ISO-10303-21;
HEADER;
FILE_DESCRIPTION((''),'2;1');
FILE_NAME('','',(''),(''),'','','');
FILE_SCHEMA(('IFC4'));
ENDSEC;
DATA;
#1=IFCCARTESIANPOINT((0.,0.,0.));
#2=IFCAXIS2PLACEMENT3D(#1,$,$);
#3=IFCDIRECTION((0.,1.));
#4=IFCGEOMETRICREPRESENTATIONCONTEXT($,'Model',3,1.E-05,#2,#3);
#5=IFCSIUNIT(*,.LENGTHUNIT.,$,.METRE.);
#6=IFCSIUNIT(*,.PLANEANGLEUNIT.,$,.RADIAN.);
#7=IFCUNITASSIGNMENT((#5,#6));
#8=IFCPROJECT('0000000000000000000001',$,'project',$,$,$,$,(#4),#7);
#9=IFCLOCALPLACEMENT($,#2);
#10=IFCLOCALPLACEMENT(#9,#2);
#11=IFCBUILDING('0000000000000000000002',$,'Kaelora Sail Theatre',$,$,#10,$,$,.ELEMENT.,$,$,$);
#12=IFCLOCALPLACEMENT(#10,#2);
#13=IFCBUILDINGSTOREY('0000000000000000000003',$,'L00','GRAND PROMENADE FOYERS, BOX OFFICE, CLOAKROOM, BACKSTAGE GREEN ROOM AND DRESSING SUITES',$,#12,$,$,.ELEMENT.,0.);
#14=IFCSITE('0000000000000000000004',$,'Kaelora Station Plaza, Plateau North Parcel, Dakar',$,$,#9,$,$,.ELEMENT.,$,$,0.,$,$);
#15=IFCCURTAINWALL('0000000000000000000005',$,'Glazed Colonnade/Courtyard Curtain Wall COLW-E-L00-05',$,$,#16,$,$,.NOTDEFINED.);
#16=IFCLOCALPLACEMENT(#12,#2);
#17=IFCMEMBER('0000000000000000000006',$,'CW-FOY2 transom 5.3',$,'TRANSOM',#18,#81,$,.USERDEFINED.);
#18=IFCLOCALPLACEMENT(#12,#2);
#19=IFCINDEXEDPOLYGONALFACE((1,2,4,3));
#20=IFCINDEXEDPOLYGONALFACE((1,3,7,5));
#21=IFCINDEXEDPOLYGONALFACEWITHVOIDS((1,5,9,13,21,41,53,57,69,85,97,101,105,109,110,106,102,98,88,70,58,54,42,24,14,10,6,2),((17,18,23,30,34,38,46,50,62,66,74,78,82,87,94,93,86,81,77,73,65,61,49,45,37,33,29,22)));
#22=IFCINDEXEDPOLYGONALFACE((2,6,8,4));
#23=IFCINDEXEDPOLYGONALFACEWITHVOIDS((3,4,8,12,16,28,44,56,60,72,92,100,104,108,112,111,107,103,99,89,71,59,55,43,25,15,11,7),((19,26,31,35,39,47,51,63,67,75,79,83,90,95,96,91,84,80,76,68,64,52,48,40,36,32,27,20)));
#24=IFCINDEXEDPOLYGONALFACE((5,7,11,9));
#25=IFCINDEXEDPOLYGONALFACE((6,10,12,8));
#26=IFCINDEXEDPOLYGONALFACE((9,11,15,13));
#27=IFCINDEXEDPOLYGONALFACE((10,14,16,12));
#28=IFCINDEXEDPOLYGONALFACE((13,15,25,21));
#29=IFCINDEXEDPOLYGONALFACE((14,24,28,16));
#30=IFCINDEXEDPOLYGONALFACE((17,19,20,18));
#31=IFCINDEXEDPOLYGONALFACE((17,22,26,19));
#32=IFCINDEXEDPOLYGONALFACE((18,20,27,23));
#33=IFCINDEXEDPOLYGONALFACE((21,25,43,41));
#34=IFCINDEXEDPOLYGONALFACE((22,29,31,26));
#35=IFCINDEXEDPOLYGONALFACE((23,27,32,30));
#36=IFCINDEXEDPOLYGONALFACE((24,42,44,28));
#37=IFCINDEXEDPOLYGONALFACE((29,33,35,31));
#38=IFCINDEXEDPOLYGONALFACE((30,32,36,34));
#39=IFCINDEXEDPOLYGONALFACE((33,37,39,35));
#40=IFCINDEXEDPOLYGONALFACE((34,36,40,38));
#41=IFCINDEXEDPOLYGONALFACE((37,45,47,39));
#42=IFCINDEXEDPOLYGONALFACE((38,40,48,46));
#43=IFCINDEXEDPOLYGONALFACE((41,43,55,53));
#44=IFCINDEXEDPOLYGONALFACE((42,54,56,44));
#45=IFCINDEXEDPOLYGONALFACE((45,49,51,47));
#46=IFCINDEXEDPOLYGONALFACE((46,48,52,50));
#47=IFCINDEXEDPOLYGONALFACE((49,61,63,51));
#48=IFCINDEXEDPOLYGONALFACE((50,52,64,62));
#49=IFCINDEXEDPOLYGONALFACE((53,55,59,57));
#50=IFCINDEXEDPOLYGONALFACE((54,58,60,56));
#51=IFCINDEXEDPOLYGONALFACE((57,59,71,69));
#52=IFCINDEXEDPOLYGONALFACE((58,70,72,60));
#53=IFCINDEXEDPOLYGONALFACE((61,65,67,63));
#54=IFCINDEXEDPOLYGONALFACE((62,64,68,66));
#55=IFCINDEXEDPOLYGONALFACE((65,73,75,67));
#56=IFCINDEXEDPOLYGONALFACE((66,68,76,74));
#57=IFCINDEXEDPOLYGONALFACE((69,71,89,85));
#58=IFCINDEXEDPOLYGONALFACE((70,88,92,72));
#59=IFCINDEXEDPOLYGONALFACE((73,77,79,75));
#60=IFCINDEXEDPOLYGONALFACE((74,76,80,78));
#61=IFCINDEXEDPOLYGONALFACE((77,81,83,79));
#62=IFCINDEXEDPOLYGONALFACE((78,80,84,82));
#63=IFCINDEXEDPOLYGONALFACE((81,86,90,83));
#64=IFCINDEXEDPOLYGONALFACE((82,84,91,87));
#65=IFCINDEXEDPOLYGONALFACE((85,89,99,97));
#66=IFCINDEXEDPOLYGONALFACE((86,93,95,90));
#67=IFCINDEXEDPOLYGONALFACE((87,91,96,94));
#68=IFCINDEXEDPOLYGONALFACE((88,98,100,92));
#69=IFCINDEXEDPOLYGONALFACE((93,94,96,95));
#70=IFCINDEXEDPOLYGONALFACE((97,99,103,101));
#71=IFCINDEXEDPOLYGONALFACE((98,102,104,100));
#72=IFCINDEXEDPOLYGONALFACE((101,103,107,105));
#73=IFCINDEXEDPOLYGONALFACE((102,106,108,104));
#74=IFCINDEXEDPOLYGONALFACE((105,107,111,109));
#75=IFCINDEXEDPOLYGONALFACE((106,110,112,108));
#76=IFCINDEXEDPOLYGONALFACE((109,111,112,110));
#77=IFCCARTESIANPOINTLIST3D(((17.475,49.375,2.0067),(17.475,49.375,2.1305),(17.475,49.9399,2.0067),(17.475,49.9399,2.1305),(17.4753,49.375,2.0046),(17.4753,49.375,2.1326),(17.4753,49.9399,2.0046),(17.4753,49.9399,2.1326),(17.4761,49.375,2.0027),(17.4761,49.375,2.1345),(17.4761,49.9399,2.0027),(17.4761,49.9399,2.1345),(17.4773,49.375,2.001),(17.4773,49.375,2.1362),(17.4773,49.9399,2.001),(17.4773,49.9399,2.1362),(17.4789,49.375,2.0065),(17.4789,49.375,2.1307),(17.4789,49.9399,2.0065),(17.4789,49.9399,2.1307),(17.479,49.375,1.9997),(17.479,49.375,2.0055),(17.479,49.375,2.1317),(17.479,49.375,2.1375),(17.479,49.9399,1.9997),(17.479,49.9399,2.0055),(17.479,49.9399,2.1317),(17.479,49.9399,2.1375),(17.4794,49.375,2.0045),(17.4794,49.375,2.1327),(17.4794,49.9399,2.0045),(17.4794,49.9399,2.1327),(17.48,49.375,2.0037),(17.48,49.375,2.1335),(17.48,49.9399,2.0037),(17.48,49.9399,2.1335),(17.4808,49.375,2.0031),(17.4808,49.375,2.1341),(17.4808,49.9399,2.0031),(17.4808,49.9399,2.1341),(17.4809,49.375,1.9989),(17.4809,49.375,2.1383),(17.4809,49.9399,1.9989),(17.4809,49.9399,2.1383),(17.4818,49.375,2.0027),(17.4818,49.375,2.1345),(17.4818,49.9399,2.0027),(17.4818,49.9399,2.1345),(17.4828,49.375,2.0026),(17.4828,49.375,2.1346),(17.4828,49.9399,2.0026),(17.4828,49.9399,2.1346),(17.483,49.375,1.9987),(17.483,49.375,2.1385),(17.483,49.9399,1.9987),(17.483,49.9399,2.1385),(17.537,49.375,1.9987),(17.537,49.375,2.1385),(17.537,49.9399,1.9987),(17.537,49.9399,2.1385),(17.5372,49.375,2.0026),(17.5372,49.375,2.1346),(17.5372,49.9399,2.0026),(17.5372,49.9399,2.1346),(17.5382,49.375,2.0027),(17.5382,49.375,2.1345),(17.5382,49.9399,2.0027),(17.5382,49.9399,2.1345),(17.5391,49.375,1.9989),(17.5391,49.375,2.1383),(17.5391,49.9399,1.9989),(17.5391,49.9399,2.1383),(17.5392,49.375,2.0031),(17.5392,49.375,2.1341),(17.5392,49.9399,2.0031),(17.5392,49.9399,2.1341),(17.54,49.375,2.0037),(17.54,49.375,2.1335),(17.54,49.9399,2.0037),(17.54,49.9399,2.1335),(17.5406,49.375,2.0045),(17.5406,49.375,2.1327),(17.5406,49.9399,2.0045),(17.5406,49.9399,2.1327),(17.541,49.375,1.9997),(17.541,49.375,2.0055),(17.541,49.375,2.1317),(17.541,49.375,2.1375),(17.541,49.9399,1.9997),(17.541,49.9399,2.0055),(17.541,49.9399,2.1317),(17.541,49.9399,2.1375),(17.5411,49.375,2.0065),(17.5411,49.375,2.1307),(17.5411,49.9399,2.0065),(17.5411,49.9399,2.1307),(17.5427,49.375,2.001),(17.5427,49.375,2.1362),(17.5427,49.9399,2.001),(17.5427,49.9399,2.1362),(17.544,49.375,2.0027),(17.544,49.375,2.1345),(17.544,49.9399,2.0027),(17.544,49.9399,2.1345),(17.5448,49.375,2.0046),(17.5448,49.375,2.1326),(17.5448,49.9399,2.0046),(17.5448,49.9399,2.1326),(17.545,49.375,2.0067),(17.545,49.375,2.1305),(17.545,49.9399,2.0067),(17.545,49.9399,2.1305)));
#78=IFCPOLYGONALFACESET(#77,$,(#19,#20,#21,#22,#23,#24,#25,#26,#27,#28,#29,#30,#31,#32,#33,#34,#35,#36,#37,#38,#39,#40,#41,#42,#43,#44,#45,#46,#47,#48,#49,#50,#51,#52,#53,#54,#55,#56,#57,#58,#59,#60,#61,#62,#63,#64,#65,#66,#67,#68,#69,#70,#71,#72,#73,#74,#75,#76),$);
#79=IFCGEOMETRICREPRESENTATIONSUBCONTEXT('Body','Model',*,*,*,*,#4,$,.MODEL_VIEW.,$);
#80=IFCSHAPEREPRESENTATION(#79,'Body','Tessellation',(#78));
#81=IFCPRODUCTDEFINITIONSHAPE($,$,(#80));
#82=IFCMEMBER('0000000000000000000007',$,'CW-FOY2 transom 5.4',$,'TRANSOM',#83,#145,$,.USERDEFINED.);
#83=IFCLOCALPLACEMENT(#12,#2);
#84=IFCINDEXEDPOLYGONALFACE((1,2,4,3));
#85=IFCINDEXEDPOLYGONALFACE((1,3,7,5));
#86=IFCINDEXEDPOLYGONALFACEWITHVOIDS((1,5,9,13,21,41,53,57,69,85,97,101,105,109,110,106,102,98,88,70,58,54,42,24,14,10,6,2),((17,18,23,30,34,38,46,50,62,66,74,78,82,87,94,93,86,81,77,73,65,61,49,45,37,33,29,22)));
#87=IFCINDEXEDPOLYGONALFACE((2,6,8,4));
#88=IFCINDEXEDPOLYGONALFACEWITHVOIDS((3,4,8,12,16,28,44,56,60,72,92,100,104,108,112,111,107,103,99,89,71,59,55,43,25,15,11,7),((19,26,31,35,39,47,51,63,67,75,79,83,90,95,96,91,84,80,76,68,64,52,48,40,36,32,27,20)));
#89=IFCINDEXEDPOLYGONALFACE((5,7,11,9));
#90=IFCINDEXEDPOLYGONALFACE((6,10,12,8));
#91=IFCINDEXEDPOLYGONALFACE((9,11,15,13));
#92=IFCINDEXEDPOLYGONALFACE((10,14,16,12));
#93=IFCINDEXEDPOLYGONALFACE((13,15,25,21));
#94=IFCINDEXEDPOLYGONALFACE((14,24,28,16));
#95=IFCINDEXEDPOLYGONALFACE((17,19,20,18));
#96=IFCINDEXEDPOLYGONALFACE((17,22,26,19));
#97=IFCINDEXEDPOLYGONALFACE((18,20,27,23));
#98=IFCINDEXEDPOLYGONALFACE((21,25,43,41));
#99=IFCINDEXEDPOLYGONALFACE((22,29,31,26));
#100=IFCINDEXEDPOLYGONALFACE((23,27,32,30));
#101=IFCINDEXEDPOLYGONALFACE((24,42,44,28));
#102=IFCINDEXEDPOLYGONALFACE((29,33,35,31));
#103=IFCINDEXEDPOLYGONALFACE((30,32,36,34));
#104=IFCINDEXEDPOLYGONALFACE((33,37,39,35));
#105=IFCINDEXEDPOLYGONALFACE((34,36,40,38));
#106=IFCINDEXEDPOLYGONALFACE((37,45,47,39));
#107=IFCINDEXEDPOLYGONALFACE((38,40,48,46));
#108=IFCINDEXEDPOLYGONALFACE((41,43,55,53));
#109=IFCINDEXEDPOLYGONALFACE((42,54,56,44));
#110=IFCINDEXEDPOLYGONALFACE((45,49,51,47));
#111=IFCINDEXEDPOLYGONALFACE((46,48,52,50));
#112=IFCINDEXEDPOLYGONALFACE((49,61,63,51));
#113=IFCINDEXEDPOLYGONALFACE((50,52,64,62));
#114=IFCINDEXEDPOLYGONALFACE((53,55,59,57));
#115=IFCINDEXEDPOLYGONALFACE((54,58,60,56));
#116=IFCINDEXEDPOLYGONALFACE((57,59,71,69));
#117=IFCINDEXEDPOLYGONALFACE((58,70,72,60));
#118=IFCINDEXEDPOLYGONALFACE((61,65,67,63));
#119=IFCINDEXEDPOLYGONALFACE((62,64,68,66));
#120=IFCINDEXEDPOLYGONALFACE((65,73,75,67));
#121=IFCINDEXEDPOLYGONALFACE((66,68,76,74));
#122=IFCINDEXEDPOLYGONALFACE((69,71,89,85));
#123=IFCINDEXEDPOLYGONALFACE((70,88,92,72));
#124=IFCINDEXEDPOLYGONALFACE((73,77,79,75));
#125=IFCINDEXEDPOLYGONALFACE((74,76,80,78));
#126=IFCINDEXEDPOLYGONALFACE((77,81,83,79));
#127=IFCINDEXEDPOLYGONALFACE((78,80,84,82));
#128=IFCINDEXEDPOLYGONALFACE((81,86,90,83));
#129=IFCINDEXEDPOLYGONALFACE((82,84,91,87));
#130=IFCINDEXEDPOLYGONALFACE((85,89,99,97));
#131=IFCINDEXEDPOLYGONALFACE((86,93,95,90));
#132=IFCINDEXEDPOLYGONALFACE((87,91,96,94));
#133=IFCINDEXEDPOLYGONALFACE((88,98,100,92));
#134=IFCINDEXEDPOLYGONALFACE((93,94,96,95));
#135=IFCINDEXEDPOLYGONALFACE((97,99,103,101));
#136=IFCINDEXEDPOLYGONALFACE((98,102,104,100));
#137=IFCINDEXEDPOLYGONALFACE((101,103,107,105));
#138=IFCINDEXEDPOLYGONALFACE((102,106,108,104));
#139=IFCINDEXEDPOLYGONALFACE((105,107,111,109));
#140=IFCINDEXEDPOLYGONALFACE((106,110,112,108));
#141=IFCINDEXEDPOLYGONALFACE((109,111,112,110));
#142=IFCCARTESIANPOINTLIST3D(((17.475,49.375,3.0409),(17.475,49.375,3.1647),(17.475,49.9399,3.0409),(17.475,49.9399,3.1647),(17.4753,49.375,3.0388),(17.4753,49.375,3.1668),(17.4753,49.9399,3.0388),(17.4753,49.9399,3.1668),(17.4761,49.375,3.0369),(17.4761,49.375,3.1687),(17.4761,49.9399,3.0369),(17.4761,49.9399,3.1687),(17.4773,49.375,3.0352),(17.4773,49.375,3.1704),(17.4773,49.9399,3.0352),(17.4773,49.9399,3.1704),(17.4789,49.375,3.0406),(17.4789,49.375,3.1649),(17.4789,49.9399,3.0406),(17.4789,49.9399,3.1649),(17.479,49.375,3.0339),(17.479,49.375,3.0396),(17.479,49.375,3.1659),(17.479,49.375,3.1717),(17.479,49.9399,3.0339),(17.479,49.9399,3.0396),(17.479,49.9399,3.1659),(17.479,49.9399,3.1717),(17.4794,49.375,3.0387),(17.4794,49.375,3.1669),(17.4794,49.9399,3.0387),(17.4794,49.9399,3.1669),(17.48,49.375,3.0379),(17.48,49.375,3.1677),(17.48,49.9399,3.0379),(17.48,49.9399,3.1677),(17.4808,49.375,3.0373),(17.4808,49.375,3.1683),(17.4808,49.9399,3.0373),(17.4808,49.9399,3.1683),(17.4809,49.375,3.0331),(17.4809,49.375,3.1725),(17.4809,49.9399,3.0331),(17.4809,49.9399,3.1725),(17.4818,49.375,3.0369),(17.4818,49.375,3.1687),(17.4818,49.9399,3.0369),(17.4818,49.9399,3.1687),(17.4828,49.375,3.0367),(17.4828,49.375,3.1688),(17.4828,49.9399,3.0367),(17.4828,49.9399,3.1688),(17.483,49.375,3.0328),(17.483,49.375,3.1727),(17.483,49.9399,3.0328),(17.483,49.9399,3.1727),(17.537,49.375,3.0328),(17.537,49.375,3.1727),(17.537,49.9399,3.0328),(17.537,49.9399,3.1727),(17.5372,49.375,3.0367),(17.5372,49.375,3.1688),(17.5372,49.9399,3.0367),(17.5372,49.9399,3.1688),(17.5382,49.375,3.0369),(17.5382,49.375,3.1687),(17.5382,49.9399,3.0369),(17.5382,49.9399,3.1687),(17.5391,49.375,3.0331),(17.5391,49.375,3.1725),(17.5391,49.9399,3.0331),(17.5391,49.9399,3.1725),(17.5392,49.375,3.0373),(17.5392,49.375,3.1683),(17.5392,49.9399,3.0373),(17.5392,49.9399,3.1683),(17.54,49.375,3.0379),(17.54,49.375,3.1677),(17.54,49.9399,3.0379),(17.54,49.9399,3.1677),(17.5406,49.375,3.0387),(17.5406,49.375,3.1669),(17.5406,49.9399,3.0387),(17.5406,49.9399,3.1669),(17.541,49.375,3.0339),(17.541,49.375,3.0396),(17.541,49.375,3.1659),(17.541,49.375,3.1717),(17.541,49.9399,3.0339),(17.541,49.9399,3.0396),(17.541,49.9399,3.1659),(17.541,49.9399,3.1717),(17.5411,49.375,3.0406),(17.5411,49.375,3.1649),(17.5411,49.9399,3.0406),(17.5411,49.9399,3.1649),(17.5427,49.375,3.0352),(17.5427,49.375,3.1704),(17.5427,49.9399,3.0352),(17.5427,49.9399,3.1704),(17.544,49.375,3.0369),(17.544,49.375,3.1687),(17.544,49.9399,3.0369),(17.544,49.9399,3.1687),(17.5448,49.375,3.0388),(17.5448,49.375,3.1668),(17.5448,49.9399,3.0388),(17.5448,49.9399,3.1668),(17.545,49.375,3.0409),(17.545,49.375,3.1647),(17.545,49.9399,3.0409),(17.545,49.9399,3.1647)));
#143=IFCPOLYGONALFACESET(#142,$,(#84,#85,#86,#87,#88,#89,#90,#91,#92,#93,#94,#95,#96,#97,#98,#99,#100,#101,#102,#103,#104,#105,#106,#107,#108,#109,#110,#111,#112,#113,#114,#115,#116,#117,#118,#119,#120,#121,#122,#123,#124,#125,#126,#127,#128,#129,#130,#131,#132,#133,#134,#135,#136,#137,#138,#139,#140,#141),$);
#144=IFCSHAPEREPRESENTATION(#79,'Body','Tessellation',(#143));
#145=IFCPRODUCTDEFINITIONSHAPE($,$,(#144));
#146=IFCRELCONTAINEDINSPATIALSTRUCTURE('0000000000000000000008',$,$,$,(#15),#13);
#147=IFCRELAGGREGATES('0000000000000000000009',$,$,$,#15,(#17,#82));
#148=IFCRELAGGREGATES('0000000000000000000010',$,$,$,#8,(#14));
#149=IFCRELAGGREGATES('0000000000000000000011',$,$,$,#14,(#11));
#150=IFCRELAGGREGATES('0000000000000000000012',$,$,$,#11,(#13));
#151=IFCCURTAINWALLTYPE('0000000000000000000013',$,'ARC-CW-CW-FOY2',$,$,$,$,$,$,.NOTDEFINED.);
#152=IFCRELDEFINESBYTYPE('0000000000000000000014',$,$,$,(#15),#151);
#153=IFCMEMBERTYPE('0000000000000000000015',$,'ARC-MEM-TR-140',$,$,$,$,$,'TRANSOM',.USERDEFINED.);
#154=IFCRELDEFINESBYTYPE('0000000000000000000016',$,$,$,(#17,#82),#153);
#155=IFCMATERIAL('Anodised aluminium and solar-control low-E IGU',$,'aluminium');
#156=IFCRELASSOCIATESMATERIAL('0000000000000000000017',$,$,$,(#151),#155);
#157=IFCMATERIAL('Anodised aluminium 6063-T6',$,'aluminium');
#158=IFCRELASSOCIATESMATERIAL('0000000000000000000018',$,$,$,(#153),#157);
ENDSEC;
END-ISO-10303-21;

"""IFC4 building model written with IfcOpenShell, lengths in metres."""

from ifc_helpers import new_model, si_unit, direction, frame, origin, origin_2d, place, context, subcontext, project, spatial, hollow_rectangle, extrude, material, material_profile, profile_set, type_object, element, aggregate, save


model = new_model("IFC4")

# Units and contexts
model_context = context("Model", 3, precision=1e-05, world=origin(), true_north=direction((0.0, 1.0)))
body_context = subcontext(model_context, "Body", "Model", "MODEL_VIEW")
ifc_project = project(units=[si_unit("LENGTHUNIT", "METRE"), si_unit("PLANEANGLEUNIT", "RADIAN")], contexts=[model_context])

# Site, building, storey
site_placement = place(None, origin())
site = spatial("IfcSite", under=ifc_project, at=site_placement, Name="Kaelora Station Plaza, Plateau North Parcel, Dakar", CompositionType="ELEMENT", RefElevation=0.0)
building_placement = place(site_placement, origin())
building = spatial("IfcBuilding", under=site, at=building_placement, Name="Kaelora Sail Theatre", CompositionType="ELEMENT")
storey_placement = place(building_placement, origin())
storey = spatial("IfcBuildingStorey", under=building, at=storey_placement, Name="L00", Description="GRAND PROMENADE FOYERS, BOX OFFICE, CLOAKROOM, BACKSTAGE GREEN ROOM AND DRESSING SUITES", CompositionType="ELEMENT", Elevation=0.0)

# Curtain wall, members
ifc_material_1 = material(Name="Anodised aluminium and solar-control low-E IGU", Category="aluminium")
curtain_wall_type = type_object("IfcCurtainWallType", Name="ARC-CW-CW-FOY2", PredefinedType="NOTDEFINED", material=ifc_material_1)
curtain_wall_1_placement = place(storey_placement, origin())
curtain_wall_1 = element("IfcCurtainWall", 1, at=curtain_wall_1_placement, inside=storey, type_object=curtain_wall_type, Name="Glazed Colonnade/Courtyard Curtain Wall COLW-E-L00-05", PredefinedType="NOTDEFINED")
ifc_material_2 = material(Name="Anodised aluminium 6063-T6", Category="aluminium")
ifc_material_profile = material_profile(ifc_material_2, hollow_rectangle(XDim=0.0701, YDim=0.1399, WallThickness=0.0039, InnerFilletRadius=0.0039, OuterFilletRadius=0.0081, at=origin_2d()), Name="ALU-TRAN 70x140x4")
ifc_profile_set = profile_set([ifc_material_profile], Name="Anodised aluminium 6063-T6")
member_type = type_object("IfcMemberType", Name="ARC-MEM-TR-140", ElementType="TRANSOM", PredefinedType="USERDEFINED", material=ifc_profile_set)
member_1_placement = place(storey_placement, frame((17.51, 49.375, 2.0686), z_axis=(0.0, 1.0, 0.0), x_axis=(-1.0, 0.0, 0.0)))
member_1 = element("IfcMember", 2, at=member_1_placement, type_object=member_type, Name="CW-FOY2 transom 5.3", ObjectType="TRANSOM", PredefinedType="USERDEFINED", context=body_context, shape_type="SweptSolid", body=[
    extrude(hollow_rectangle(XDim=0.0701, YDim=0.1399, WallThickness=0.0039, InnerFilletRadius=0.0039, OuterFilletRadius=0.0081, at=origin_2d()), origin(), (0.0, 0.0, 1.0), 0.5649),
])
member_2_placement = place(storey_placement, frame((17.51, 49.375, 3.1028), z_axis=(0.0, 1.0, 0.0), x_axis=(-1.0, 0.0, 0.0)))
member_2 = element("IfcMember", 3, at=member_2_placement, type_object=member_type, Name="CW-FOY2 transom 5.4", ObjectType="TRANSOM", PredefinedType="USERDEFINED", context=body_context, shape_type="SweptSolid", body=[
    extrude(hollow_rectangle(XDim=0.0701, YDim=0.1399, WallThickness=0.0039, InnerFilletRadius=0.0039, OuterFilletRadius=0.0081, at=origin_2d()), origin(), (0.0, 0.0, 1.0), 0.5649),
])

aggregate(curtain_wall_1, [member_1, member_2])

save(model, "model.ifc")
